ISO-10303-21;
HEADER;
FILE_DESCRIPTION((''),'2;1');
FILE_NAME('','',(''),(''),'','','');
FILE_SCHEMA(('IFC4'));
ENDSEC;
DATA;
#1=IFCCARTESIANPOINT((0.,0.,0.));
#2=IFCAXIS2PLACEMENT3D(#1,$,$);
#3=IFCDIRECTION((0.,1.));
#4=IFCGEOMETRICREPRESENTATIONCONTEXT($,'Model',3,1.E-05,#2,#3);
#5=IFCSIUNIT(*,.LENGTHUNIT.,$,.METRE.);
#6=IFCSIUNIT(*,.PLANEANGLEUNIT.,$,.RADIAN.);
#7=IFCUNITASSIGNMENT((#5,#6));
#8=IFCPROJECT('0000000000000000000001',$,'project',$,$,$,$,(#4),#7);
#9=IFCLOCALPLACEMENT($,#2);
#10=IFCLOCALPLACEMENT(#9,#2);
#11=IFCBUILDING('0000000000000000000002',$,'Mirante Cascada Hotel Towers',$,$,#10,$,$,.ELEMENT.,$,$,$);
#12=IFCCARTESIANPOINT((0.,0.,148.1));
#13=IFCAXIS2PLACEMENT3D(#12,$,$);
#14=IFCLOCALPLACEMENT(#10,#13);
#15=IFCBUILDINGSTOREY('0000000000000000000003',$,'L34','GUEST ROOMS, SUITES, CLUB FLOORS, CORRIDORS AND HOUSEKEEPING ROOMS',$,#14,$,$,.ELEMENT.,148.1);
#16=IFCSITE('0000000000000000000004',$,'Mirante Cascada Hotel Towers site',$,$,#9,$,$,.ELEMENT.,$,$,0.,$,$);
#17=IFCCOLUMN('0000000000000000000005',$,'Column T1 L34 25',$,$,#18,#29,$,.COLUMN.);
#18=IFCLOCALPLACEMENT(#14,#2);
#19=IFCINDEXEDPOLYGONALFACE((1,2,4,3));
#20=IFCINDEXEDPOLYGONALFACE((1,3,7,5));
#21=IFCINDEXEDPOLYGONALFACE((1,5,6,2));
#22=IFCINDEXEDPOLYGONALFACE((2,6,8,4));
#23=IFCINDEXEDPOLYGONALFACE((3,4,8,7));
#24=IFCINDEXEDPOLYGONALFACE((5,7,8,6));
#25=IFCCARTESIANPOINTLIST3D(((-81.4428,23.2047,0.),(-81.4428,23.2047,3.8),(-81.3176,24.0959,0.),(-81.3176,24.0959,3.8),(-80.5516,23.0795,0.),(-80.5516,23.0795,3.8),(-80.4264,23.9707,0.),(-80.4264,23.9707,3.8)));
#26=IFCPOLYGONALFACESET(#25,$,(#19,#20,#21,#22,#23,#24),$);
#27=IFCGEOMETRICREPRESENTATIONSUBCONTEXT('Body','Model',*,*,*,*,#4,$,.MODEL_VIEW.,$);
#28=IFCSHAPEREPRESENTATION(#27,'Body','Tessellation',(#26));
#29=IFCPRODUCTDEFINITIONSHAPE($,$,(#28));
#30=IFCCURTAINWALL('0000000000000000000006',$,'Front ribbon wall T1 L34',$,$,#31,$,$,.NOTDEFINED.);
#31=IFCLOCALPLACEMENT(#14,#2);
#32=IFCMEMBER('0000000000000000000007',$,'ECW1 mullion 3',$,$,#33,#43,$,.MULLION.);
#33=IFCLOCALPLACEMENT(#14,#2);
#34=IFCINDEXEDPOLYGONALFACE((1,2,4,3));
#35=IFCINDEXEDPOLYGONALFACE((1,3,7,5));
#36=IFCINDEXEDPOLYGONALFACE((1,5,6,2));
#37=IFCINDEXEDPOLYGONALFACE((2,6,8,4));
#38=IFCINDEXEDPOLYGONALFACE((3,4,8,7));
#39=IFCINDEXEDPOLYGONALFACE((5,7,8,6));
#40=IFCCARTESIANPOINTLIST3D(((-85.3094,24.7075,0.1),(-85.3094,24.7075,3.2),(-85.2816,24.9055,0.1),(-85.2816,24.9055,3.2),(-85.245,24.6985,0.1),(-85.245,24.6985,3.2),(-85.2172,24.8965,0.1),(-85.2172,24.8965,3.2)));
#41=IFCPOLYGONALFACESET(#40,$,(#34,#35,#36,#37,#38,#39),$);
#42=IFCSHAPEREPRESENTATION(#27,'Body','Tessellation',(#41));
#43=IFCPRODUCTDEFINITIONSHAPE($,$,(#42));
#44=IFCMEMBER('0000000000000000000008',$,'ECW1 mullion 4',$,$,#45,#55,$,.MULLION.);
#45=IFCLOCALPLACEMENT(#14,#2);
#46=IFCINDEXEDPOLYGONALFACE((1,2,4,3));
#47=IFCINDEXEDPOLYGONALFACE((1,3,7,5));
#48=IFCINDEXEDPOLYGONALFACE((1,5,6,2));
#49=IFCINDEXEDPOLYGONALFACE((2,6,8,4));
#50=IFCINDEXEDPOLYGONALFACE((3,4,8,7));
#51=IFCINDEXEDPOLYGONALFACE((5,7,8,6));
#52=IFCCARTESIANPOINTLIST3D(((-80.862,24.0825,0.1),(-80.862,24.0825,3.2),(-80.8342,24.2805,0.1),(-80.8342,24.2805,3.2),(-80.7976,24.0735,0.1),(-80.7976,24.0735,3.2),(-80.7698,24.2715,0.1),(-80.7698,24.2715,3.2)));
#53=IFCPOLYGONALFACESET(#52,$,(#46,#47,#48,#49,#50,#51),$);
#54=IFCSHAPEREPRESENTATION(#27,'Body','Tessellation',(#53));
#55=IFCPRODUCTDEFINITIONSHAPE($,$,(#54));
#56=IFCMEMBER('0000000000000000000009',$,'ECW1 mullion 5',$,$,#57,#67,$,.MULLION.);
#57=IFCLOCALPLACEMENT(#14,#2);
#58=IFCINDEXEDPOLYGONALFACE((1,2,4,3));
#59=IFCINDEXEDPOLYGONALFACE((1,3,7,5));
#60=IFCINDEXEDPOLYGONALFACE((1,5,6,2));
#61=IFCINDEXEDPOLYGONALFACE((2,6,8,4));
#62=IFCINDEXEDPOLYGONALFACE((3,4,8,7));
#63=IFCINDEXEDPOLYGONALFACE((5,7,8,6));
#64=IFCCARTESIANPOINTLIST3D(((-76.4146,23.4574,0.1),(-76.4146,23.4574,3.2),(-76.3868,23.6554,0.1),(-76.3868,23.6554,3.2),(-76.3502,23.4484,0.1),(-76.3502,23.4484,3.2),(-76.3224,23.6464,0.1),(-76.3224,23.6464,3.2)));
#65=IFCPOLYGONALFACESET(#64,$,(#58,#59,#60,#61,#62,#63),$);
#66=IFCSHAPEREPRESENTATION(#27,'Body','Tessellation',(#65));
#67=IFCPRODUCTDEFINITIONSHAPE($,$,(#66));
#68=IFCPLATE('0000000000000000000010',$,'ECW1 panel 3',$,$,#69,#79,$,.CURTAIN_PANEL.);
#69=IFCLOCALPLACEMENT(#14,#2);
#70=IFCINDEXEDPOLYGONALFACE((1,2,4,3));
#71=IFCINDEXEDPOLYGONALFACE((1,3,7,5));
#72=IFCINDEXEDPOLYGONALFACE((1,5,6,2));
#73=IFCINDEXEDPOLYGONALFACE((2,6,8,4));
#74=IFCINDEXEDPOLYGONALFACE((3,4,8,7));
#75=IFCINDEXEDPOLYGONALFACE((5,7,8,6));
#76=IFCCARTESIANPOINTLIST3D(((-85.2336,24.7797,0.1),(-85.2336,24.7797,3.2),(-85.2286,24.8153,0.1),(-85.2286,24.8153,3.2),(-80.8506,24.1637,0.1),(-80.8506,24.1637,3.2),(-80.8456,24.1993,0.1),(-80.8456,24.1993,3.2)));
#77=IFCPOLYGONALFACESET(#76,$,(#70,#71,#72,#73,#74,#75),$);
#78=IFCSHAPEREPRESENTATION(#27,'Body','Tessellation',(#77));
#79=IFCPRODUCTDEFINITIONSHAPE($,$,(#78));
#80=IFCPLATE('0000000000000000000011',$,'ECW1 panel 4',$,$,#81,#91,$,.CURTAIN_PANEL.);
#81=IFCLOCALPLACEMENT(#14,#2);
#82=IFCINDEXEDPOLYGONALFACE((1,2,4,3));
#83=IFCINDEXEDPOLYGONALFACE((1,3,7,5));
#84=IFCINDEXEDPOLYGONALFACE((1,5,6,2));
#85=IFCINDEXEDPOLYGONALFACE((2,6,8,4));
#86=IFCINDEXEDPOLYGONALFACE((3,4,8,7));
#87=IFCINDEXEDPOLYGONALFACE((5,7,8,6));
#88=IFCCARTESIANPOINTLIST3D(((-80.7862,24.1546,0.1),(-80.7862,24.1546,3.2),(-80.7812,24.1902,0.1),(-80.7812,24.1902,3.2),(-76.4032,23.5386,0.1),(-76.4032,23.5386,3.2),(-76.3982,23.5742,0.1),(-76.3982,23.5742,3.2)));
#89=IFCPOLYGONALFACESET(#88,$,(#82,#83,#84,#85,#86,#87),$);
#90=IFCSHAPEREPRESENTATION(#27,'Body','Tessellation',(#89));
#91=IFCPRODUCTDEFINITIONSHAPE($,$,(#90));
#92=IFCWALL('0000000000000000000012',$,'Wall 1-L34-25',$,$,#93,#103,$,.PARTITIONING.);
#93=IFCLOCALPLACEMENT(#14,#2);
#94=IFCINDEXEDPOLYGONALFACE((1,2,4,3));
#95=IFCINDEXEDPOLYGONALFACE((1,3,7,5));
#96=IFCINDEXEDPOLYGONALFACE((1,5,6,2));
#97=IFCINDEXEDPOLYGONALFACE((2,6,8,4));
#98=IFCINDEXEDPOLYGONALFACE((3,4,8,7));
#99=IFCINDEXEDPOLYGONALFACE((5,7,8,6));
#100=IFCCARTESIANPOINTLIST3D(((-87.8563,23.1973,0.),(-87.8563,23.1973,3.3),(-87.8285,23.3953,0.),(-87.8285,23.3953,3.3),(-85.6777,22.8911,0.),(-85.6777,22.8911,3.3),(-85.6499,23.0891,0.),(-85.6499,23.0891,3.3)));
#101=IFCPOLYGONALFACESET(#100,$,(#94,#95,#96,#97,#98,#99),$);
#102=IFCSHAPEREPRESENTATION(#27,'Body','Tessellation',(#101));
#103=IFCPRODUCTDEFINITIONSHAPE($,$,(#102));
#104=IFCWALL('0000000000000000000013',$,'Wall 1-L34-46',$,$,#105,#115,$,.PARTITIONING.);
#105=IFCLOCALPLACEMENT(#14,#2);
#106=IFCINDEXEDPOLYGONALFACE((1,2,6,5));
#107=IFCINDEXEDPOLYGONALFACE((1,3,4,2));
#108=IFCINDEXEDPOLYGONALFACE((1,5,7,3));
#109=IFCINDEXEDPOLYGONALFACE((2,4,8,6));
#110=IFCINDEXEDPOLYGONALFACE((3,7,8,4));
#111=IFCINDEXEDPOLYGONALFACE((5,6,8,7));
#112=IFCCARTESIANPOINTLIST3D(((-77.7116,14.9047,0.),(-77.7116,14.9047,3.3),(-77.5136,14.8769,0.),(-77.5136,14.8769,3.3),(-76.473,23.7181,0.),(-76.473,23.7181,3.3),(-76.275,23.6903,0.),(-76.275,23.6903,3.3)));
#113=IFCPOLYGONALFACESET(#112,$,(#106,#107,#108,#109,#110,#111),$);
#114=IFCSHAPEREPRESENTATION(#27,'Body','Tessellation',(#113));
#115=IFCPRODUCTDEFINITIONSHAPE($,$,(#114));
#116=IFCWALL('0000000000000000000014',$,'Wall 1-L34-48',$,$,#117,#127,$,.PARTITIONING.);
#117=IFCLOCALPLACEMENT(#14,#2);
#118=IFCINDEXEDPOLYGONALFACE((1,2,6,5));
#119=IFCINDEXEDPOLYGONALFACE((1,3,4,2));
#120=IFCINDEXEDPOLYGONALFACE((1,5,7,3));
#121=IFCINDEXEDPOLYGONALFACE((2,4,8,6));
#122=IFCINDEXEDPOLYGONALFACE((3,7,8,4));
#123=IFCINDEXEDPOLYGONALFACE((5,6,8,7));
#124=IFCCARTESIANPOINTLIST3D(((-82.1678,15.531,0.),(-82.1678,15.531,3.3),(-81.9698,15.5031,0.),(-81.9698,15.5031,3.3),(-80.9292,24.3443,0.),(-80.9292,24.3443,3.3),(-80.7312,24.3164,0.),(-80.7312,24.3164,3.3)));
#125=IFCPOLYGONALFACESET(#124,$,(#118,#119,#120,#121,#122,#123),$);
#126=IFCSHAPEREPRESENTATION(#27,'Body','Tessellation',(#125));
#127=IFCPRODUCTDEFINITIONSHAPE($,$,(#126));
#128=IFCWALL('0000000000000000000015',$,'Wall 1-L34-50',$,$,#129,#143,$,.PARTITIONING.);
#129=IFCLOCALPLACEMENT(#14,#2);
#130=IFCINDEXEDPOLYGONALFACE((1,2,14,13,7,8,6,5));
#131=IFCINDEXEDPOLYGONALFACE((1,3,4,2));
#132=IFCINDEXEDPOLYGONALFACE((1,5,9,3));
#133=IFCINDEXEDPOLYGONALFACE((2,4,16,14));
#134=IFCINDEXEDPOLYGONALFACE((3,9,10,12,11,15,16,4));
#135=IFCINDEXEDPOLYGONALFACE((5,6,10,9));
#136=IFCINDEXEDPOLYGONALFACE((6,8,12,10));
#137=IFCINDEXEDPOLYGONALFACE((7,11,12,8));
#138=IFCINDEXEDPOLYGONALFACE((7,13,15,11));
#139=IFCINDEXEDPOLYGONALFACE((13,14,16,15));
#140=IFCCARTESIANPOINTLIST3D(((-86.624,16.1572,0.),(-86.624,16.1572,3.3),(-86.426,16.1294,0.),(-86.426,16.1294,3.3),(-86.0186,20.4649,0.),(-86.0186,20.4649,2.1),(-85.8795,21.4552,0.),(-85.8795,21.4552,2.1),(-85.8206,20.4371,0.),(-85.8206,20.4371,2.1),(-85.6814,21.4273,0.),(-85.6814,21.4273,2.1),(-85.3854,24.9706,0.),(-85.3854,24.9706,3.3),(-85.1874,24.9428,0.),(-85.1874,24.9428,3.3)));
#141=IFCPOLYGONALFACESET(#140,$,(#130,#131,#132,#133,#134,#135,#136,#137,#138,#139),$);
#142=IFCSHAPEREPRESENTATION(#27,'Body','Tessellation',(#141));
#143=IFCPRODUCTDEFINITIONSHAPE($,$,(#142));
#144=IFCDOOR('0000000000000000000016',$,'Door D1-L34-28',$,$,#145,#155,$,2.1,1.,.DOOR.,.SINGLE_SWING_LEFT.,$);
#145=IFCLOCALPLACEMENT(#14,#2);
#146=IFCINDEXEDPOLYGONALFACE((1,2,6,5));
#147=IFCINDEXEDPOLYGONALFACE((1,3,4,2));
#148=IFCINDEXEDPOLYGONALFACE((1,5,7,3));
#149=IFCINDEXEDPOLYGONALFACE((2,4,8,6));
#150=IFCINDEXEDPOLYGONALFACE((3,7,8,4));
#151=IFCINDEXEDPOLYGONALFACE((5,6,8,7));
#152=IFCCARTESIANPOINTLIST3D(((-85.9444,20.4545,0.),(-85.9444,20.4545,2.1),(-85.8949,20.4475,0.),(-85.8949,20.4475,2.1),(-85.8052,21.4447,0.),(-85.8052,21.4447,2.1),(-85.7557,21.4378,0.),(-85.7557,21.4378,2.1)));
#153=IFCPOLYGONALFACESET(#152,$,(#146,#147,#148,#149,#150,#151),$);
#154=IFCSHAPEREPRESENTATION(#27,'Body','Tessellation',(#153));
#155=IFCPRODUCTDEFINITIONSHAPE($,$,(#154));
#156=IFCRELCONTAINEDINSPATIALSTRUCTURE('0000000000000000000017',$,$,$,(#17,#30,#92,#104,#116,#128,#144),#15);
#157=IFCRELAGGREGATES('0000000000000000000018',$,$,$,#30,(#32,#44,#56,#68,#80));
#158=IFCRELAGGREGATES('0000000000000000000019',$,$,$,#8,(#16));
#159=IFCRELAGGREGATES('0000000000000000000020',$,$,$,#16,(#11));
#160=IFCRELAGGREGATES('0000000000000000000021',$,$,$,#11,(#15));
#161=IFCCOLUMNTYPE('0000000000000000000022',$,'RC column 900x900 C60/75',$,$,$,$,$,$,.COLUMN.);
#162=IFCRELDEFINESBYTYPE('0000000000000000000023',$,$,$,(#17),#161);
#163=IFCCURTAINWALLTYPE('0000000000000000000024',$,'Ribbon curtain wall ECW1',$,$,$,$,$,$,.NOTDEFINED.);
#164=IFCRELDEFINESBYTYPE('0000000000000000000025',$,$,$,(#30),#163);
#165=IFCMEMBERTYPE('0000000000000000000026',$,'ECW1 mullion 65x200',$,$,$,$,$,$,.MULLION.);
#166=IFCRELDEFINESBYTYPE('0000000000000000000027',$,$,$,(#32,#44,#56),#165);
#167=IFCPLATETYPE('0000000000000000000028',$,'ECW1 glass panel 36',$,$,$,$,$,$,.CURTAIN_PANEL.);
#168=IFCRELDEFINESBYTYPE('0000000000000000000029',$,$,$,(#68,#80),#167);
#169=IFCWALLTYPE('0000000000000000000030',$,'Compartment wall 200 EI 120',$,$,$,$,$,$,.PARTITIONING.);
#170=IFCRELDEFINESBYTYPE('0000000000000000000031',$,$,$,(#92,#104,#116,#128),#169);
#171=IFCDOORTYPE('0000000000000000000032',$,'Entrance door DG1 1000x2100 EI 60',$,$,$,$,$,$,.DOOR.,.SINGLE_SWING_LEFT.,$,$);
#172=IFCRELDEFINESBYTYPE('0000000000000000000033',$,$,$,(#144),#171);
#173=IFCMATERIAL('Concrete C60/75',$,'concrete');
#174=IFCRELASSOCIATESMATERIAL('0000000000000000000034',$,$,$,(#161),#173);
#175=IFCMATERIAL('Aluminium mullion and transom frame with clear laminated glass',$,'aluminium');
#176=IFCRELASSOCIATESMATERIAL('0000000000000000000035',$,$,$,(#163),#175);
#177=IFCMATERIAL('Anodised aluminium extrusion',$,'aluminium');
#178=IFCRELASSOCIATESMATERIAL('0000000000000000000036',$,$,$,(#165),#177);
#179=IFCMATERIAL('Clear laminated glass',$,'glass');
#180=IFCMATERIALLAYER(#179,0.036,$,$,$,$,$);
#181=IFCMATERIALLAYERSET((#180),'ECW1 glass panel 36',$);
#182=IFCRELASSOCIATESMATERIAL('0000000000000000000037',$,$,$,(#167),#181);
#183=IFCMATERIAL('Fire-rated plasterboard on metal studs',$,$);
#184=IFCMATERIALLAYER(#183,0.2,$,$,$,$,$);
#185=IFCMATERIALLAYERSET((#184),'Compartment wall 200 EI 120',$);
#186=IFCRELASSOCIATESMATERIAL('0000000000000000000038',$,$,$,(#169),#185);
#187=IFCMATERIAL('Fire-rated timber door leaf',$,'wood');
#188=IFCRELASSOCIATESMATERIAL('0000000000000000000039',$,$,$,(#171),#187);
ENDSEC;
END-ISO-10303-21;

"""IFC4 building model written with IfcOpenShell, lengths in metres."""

from ifc_helpers import new_model, si_unit, direction, frame, frame_2d, origin, origin_2d, place, context, subcontext, project, spatial, rectangle, extrude, material, layer, layer_set, material_profile, profile_set, type_object, element, fill, aggregate, save


model = new_model("IFC4")

# Units and contexts
model_context = context("Model", 3, precision=1e-05, world=origin(), true_north=direction((0.0, 1.0)))
body_context = subcontext(model_context, "Body", "Model", "MODEL_VIEW")
ifc_project = project(units=[si_unit("LENGTHUNIT", "METRE"), si_unit("PLANEANGLEUNIT", "RADIAN")], contexts=[model_context])

# Site, building, storey
site_placement = place(None, origin())
site = spatial("IfcSite", under=ifc_project, at=site_placement, Name="Mirante Cascada Hotel Towers site", CompositionType="ELEMENT", RefElevation=0.0)
building_placement = place(site_placement, origin())
building = spatial("IfcBuilding", under=site, at=building_placement, Name="Mirante Cascada Hotel Towers", CompositionType="ELEMENT")
storey_placement = place(building_placement, frame((0.0, 0.0, 148.1)))
storey = spatial("IfcBuildingStorey", under=building, at=storey_placement, Name="L34", Description="GUEST ROOMS, SUITES, CLUB FLOORS, CORRIDORS AND HOUSEKEEPING ROOMS", CompositionType="ELEMENT", Elevation=148.1)

# Column
ifc_material_1 = material(Name="Concrete C60/75", Category="concrete")
ifc_material_profile_1 = material_profile(ifc_material_1, rectangle(XDim=0.9, YDim=0.9, at=origin_2d()), Name="RC column 900x900 C60/75")
ifc_profile_set_1 = profile_set([ifc_material_profile_1], Name="Concrete C60/75")
column_type = type_object("IfcColumnType", Name="RC column 900x900 C60/75", PredefinedType="COLUMN", material=ifc_profile_set_1)
column_placement = place(storey_placement, frame((-80.9346, 23.5877, 0.0), z_axis=(0.0, 0.0, 1.0), x_axis=(-0.990268, 0.139173, 0.0)))
element("IfcColumn", 1, at=column_placement, inside=storey, type_object=column_type, Name="Column T1 L34 25", PredefinedType="COLUMN", context=body_context, shape_type="SweptSolid", body=[
    extrude(rectangle(XDim=0.9, YDim=0.9, at=origin_2d()), origin(), (0.0, 0.0, 1.0), 3.8),
])

# Curtain wall, members, plates
ifc_material_2 = material(Name="Aluminium mullion and transom frame with clear laminated glass", Category="aluminium")
curtain_wall_type = type_object("IfcCurtainWallType", Name="Ribbon curtain wall ECW1", PredefinedType="NOTDEFINED", material=ifc_material_2)
curtain_wall_placement = place(storey_placement, origin())
curtain_wall = element("IfcCurtainWall", 2, at=curtain_wall_placement, inside=storey, type_object=curtain_wall_type, Name="Front ribbon wall T1 L34", PredefinedType="NOTDEFINED")
ifc_material_3 = material(Name="Anodised aluminium extrusion", Category="aluminium")
ifc_material_profile_2 = material_profile(ifc_material_3, rectangle(XDim=0.2, YDim=0.065, at=origin_2d()), Name="ECW1 MULLION 65x200")
ifc_profile_set_2 = profile_set([ifc_material_profile_2], Name="Anodised aluminium extrusion")
member_type = type_object("IfcMemberType", Name="ECW1 mullion 65x200", PredefinedType="MULLION", material=ifc_profile_set_2)
member_1_placement = place(storey_placement, frame((-85.2633, 24.802, 0.1), z_axis=(0.0, 0.0, 1.0), x_axis=(0.139173, 0.990268, 0.0)))
member_1 = element("IfcMember", 3, at=member_1_placement, type_object=member_type, Name="ECW1 mullion 3", PredefinedType="MULLION", context=body_context, shape_type="SweptSolid", body=[
    extrude(rectangle(XDim=0.2, YDim=0.065, at=origin_2d()), origin(), (0.0, 0.0, 1.0), 3.1),
])
member_2_placement = place(storey_placement, frame((-80.8159, 24.177, 0.1), z_axis=(0.0, 0.0, 1.0), x_axis=(0.139173, 0.990268, 0.0)))
member_2 = element("IfcMember", 4, at=member_2_placement, type_object=member_type, Name="ECW1 mullion 4", PredefinedType="MULLION", context=body_context, shape_type="SweptSolid", body=[
    extrude(rectangle(XDim=0.2, YDim=0.065, at=origin_2d()), origin(), (0.0, 0.0, 1.0), 3.1),
])
member_3_placement = place(storey_placement, frame((-76.3685, 23.5519, 0.1), z_axis=(0.0, 0.0, 1.0), x_axis=(0.139173, 0.990268, 0.0)))
member_3 = element("IfcMember", 5, at=member_3_placement, type_object=member_type, Name="ECW1 mullion 5", PredefinedType="MULLION", context=body_context, shape_type="SweptSolid", body=[
    extrude(rectangle(XDim=0.2, YDim=0.065, at=origin_2d()), origin(), (0.0, 0.0, 1.0), 3.1),
])
ifc_material_4 = material(Name="Clear laminated glass", Category="glass")
ifc_layer_1 = layer(ifc_material_4, 0.036)
ifc_layer_set_1 = layer_set([ifc_layer_1], Name="ECW1 glass panel 36")
plate_type = type_object("IfcPlateType", Name="ECW1 glass panel 36", PredefinedType="CURTAIN_PANEL", material=ifc_layer_set_1)
plate_1_placement = place(storey_placement, frame((-83.0396, 24.4895, 0.1), z_axis=(0.0, 0.0, 1.0), x_axis=(0.990268, -0.139173, 0.0)))
plate_1 = element("IfcPlate", 6, at=plate_1_placement, type_object=plate_type, Name="ECW1 panel 3", PredefinedType="CURTAIN_PANEL", context=body_context, shape_type="SweptSolid", body=[
    extrude(rectangle(XDim=4.4261, YDim=0.036, at=origin_2d()), origin(), (0.0, 0.0, 1.0), 3.1),
])
plate_2_placement = place(storey_placement, frame((-78.5922, 23.8644, 0.1), z_axis=(0.0, 0.0, 1.0), x_axis=(0.990268, -0.139173, 0.0)))
plate_2 = element("IfcPlate", 7, at=plate_2_placement, type_object=plate_type, Name="ECW1 panel 4", PredefinedType="CURTAIN_PANEL", context=body_context, shape_type="SweptSolid", body=[
    extrude(rectangle(XDim=4.4261, YDim=0.036, at=origin_2d()), origin(), (0.0, 0.0, 1.0), 3.1),
])
aggregate(curtain_wall, [member_1, member_2, member_3, plate_1, plate_2])

# Walls
ifc_material_5 = material(Name="Fire-rated plasterboard on metal studs")
ifc_layer_2 = layer(ifc_material_5, 0.2)
ifc_layer_set_2 = layer_set([ifc_layer_2], Name="Compartment wall 200 EI 120")
wall_type_1 = type_object("IfcWallType", Name="Compartment wall 200 EI 120", PredefinedType="PARTITIONING", material=ifc_layer_set_2)
wall_1_placement = place(storey_placement, frame((-85.6638, 22.9901, 0.0), z_axis=(0.0, 0.0, 1.0), x_axis=(-0.990267, 0.139181, 0.0)))
element("IfcWall", 8, at=wall_1_placement, inside=storey, type_object=wall_type_1, Name="Wall 1-L34-25", PredefinedType="PARTITIONING", context=body_context, shape_type="SweptSolid", body=[
    extrude(rectangle(XDim=2.2, YDim=0.2, at=frame_2d((1.1, 0.0))), origin(), (0.0, 0.0, 1.0), 3.3),
])
wall_2_placement = place(storey_placement, frame((-76.374, 23.7042, 0.0), z_axis=(0.0, 0.0, 1.0), x_axis=(-0.139168, -0.990269, 0.0)))
element("IfcWall", 9, at=wall_2_placement, inside=storey, type_object=wall_type_1, Name="Wall 1-L34-46", PredefinedType="PARTITIONING", context=body_context, shape_type="SweptSolid", body=[
    extrude(rectangle(XDim=8.9, YDim=0.2, at=frame_2d((4.45, 0.0))), origin(), (0.0, 0.0, 1.0), 3.3),
])
wall_3_placement = place(storey_placement, frame((-80.8302, 24.3304, 0.0), z_axis=(0.0, 0.0, 1.0), x_axis=(-0.13917, -0.990268, 0.0)))
element("IfcWall", 10, at=wall_3_placement, inside=storey, type_object=wall_type_1, Name="Wall 1-L34-48", PredefinedType="PARTITIONING", context=body_context, shape_type="SweptSolid", body=[
    extrude(rectangle(XDim=8.8999, YDim=0.2, at=frame_2d((4.45, 0.0))), origin(), (0.0, 0.0, 1.0), 3.3),
])

# Wall, opening, door
wall_4_placement = place(storey_placement, frame((-85.2864, 24.9567, 0.0), z_axis=(0.0, 0.0, 1.0), x_axis=(-0.139168, -0.990269, 0.0)))
wall_4 = element("IfcWall", 11, at=wall_4_placement, inside=storey, type_object=wall_type_1, Name="Wall 1-L34-50", PredefinedType="PARTITIONING", context=body_context, shape_type="SweptSolid", body=[
    extrude(rectangle(XDim=8.9, YDim=0.2, at=frame_2d((4.45, 0.0))), origin(), (0.0, 0.0, 1.0), 3.3),
])
opening_1_placement = place(wall_4_placement, frame((3.55, 0.0, 0.0)))
opening_1 = element("IfcOpeningElement", 12, at=opening_1_placement, cuts=wall_4, PredefinedType="OPENING", context=body_context, shape_type="SweptSolid", body=[
    extrude(rectangle(XDim=1.0, YDim=2.1, at=frame_2d((0.5, 1.05))), frame((0.0, 0.1, 0.0), z_axis=(0.0, -1.0, 0.0), x_axis=(1.0, 0.0, 0.0)), (0.0, 0.0, 1.0), 0.2),
])
ifc_material_6 = material(Name="Fire-rated timber door leaf", Category="wood")
door_type_1 = type_object("IfcDoorType", Name="Entrance door DG1 1000x2100 EI 60", OperationType="SINGLE_SWING_LEFT", PredefinedType="DOOR", material=ifc_material_6)
door_1_placement = place(opening_1_placement, origin())
door_1 = element("IfcDoor", 13, at=door_1_placement, inside=storey, type_object=door_type_1, Name="Door D1-L34-28", OperationType="SINGLE_SWING_LEFT", OverallHeight=2.1, OverallWidth=1.0, PredefinedType="DOOR", context=body_context, shape_type="SweptSolid", body=[
    extrude(rectangle(XDim=1.0, YDim=2.1, at=frame_2d((0.5, 1.05))), frame((0.0, 0.025, 0.0), z_axis=(0.0, -1.0, 0.0), x_axis=(1.0, 0.0, 0.0)), (0.0, 0.0, 1.0), 0.05),
])
fill(opening_1, door_1)

save(model, "model.ifc")
